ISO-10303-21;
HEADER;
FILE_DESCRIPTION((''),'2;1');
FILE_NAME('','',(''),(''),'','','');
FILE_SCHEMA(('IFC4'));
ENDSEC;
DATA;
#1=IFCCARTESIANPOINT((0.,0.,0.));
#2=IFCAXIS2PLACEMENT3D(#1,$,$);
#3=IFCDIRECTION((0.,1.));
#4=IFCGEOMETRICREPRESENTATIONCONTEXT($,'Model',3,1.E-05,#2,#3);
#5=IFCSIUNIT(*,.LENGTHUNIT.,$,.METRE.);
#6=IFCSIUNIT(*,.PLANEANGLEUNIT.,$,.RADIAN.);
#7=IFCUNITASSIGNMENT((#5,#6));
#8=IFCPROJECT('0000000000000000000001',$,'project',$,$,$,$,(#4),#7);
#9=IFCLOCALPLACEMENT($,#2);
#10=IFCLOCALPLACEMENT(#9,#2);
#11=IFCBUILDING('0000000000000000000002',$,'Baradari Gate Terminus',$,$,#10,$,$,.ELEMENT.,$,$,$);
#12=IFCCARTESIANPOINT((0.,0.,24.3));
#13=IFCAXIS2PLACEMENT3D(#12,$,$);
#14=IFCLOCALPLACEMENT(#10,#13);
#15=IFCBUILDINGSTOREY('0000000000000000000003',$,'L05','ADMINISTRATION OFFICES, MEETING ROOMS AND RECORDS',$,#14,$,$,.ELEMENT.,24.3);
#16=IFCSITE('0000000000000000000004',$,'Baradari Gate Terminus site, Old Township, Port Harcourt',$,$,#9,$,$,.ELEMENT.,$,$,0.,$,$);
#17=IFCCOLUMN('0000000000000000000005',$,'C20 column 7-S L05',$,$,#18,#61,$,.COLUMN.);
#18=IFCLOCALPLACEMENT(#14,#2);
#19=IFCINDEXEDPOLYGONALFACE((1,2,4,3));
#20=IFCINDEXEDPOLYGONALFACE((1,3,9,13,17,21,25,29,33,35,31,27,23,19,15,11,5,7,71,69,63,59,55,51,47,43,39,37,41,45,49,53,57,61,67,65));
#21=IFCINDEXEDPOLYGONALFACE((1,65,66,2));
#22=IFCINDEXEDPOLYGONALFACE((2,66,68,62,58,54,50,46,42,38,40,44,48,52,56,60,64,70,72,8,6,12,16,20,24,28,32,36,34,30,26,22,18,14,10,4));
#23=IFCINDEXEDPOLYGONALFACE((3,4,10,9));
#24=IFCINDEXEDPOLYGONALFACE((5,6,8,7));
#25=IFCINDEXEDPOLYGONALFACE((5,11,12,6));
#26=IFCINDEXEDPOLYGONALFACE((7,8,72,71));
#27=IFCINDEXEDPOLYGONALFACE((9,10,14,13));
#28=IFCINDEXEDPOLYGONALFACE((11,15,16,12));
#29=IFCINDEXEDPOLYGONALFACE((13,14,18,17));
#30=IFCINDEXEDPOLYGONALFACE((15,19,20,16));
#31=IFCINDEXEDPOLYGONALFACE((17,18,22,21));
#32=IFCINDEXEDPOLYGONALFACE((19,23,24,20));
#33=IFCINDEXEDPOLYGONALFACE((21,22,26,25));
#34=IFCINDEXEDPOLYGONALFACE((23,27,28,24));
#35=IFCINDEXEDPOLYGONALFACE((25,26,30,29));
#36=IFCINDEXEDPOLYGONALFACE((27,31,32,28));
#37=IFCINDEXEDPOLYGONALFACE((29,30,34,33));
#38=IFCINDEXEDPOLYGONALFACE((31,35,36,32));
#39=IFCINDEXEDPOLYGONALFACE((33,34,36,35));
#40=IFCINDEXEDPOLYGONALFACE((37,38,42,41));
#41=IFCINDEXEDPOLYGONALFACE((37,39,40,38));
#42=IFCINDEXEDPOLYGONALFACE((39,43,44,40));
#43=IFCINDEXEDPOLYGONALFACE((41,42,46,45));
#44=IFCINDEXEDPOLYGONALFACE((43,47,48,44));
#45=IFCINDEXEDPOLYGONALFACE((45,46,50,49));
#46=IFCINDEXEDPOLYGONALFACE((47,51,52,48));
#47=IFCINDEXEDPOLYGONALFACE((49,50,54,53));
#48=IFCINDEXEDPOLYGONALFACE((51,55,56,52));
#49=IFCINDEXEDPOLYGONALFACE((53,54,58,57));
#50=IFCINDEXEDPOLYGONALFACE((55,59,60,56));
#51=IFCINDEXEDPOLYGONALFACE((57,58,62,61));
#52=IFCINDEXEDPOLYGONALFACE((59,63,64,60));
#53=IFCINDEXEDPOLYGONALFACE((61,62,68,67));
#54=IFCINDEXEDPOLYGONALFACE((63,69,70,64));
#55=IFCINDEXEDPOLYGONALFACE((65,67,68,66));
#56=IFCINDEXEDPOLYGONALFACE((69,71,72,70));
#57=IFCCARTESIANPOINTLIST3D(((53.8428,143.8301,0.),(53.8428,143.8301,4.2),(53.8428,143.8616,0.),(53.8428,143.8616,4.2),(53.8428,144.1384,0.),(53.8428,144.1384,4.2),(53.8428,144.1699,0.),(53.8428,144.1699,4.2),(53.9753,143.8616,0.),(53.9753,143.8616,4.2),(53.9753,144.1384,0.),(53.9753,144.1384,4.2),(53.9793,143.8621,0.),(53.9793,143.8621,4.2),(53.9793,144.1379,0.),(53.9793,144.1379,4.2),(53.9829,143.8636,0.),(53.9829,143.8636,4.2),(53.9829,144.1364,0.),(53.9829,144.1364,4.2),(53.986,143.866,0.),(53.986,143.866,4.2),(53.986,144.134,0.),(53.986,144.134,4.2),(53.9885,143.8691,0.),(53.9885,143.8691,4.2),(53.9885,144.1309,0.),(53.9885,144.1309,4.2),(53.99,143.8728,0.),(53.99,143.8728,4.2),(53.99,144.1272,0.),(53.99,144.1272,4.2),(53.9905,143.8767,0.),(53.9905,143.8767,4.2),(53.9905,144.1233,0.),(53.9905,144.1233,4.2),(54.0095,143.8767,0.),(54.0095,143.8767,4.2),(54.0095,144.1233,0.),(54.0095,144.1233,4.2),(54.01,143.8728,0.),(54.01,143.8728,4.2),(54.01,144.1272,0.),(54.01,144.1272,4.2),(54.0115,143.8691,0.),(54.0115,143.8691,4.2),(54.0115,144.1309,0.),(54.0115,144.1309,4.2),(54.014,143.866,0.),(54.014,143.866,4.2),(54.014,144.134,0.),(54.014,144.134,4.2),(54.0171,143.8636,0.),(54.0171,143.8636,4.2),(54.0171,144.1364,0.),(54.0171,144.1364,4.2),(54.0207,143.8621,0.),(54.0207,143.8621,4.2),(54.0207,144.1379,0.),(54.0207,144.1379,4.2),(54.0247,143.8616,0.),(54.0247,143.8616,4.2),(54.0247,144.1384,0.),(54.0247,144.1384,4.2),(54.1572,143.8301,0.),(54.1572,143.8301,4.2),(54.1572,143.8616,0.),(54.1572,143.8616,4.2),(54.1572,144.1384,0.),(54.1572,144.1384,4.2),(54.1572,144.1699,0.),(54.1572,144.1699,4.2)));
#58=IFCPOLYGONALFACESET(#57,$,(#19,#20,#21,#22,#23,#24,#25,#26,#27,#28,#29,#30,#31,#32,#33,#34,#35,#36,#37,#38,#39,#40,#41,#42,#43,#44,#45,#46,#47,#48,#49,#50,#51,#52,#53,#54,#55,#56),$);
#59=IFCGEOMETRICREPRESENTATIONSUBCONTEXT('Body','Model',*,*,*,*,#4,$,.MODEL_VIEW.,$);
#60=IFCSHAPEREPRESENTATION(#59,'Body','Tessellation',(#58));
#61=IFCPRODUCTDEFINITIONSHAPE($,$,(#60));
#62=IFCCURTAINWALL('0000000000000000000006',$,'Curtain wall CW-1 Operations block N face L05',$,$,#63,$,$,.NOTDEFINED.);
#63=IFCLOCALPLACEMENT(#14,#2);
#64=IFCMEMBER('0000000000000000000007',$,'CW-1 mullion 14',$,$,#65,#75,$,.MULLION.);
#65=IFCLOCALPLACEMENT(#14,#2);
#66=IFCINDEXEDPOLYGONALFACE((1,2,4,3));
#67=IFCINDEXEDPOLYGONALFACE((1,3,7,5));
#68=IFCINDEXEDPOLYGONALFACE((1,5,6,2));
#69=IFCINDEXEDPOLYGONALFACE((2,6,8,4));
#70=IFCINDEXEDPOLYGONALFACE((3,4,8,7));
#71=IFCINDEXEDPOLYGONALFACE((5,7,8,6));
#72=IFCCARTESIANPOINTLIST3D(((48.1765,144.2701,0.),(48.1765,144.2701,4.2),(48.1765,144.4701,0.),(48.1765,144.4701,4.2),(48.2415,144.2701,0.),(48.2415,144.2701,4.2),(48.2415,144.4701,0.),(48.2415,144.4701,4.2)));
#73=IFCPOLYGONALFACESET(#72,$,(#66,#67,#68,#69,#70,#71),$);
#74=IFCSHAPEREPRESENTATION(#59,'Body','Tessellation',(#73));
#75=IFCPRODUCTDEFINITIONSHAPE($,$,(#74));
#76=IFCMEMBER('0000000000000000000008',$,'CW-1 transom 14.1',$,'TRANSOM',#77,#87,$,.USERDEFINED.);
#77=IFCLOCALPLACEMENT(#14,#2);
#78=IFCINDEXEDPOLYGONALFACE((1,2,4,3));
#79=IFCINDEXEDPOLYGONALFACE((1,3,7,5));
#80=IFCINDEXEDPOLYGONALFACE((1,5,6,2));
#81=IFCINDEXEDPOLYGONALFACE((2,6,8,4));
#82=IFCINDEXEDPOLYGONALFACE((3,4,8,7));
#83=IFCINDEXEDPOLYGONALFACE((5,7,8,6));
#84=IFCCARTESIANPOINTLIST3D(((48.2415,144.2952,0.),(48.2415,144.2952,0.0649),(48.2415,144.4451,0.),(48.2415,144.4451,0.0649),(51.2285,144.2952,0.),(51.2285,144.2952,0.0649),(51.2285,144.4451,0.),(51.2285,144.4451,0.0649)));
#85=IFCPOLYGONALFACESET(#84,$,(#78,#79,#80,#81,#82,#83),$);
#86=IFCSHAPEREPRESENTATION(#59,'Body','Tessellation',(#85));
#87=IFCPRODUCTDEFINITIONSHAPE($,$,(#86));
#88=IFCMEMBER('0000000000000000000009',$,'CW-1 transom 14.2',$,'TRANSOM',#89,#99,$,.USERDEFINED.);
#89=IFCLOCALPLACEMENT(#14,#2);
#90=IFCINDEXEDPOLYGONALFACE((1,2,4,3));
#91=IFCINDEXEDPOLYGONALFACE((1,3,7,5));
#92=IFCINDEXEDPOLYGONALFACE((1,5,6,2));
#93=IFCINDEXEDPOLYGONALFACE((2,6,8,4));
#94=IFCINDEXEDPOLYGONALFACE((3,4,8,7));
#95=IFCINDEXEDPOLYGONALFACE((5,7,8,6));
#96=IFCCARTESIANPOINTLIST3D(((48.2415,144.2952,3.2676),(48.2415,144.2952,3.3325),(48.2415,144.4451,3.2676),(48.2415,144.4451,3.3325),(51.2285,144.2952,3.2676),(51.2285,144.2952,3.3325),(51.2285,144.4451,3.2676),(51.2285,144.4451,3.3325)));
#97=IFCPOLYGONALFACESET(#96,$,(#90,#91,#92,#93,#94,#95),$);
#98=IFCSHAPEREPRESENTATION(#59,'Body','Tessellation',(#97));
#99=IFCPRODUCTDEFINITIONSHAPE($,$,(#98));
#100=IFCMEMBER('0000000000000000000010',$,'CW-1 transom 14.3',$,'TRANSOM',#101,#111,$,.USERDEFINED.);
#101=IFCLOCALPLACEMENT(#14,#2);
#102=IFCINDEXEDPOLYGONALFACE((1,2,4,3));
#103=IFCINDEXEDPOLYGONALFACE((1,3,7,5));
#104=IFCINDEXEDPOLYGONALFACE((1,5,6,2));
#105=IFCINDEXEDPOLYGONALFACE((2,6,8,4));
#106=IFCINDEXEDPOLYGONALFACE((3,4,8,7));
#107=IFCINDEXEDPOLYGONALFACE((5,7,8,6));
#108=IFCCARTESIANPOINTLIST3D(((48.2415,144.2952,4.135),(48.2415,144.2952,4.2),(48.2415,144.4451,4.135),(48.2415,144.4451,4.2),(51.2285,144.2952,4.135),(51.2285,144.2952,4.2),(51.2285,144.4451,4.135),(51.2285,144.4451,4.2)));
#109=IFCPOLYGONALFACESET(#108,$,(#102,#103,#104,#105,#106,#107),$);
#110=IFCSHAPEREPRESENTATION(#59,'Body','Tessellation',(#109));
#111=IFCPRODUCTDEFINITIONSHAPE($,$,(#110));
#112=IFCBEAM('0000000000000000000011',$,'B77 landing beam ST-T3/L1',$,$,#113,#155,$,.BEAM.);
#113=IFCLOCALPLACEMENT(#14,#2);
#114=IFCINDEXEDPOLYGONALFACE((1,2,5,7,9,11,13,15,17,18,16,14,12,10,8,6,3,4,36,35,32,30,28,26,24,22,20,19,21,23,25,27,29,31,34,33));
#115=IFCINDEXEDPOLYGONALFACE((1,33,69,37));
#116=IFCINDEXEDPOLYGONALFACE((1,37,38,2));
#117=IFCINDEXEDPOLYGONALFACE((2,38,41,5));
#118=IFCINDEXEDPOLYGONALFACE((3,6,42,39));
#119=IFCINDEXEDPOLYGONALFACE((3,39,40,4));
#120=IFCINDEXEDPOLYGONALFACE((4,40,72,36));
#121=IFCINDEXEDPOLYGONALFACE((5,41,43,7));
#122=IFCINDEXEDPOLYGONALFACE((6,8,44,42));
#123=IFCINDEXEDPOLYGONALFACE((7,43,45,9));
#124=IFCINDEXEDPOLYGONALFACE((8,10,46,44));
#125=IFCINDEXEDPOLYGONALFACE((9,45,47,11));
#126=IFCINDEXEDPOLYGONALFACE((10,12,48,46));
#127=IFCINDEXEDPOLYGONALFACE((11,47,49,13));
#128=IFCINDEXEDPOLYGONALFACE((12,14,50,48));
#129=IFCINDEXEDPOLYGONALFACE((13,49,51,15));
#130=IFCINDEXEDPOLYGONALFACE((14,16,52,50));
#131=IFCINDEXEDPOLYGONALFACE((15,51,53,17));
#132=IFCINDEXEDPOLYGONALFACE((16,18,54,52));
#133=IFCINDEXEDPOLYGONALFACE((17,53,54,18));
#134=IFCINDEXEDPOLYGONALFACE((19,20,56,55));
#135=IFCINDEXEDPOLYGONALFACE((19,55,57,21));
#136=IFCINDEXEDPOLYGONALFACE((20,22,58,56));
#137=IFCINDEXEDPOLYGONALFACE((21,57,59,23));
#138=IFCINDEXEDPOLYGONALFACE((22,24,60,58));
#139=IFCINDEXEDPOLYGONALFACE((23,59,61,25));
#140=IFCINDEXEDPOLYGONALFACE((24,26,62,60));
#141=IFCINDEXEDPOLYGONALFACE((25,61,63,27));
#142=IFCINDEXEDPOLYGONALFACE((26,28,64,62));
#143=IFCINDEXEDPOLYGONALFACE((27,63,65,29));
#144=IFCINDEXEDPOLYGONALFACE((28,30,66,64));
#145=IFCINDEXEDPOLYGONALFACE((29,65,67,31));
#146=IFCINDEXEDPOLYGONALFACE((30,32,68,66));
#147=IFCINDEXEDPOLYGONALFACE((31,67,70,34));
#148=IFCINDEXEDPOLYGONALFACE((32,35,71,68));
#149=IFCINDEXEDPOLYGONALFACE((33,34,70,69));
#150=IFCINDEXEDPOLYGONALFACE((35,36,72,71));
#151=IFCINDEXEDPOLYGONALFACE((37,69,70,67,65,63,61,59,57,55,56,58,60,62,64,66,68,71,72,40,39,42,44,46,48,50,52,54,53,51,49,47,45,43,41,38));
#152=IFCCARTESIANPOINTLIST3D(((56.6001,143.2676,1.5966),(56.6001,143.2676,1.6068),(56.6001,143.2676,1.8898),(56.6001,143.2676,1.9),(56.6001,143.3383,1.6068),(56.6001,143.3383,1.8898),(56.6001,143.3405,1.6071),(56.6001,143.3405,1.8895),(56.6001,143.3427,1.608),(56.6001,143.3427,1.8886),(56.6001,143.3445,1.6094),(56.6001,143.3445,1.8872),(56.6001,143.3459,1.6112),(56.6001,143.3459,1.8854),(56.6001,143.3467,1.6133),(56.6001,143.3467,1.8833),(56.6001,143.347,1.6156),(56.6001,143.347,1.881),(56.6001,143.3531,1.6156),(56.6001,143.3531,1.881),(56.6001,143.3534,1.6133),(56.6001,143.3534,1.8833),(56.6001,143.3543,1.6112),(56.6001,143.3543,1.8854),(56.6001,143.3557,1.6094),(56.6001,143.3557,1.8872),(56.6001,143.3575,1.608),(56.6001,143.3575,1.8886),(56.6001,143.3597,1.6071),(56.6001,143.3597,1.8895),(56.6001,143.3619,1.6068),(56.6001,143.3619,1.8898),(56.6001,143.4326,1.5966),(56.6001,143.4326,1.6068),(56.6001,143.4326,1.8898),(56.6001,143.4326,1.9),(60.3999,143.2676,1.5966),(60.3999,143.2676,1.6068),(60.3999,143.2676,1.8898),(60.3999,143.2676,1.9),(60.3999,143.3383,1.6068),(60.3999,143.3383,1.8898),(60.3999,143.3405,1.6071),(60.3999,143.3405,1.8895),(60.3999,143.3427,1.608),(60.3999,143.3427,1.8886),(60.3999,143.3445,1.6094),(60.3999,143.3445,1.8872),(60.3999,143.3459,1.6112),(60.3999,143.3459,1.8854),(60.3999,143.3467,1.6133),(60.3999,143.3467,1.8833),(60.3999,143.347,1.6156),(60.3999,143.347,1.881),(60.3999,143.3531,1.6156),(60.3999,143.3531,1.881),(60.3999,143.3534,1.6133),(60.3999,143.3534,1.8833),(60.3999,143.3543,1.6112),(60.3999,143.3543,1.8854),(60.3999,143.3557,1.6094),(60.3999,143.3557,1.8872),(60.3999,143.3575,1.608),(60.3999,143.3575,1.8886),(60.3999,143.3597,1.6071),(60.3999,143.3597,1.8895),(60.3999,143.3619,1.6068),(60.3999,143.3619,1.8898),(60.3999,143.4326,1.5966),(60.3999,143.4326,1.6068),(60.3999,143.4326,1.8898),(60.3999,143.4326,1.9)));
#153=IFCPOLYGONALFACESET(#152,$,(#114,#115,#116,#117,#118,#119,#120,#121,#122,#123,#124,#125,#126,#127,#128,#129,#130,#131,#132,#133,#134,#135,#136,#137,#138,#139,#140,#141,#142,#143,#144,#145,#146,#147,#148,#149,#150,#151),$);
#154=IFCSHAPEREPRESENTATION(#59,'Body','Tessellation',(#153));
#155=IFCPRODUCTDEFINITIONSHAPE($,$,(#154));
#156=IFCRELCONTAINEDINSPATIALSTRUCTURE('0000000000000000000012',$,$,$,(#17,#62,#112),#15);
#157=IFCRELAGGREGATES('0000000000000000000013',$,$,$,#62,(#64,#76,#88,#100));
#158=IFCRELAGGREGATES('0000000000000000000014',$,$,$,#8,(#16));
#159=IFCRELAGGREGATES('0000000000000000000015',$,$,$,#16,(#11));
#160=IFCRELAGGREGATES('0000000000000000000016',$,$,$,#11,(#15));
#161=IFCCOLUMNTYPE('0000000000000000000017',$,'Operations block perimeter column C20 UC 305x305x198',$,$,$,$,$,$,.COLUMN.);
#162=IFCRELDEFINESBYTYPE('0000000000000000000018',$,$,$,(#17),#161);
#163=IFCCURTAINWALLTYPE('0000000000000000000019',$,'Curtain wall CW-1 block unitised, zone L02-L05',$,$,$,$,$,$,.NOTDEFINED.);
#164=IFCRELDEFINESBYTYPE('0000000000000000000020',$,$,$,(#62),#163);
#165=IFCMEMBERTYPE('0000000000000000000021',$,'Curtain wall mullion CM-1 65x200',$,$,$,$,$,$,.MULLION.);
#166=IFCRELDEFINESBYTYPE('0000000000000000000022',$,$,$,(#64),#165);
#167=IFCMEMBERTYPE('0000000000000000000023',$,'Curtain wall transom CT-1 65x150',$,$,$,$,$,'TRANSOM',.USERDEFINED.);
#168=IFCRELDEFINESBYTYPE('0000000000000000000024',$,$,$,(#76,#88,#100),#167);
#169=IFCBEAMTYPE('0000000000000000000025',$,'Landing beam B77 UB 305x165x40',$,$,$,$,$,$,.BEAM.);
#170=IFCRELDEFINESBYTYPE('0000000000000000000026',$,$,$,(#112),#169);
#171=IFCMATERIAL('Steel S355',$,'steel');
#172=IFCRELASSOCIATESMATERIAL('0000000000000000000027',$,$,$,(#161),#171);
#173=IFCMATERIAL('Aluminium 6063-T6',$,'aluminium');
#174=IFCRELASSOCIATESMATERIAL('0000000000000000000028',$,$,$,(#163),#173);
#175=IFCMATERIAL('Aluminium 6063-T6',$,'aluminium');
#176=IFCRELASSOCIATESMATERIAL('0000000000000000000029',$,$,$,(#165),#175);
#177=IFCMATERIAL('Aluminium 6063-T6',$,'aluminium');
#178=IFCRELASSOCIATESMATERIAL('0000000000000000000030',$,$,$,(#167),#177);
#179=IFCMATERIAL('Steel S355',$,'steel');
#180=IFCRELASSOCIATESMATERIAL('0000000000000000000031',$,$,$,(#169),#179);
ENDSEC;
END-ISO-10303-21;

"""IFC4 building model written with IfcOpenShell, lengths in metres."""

from ifc_helpers import new_model, si_unit, direction, frame, origin, origin_2d, place, context, subcontext, project, spatial, rectangle, i_section, extrude, material, material_profile, profile_set, type_object, element, aggregate, save


model = new_model("IFC4")

# Units and contexts
model_context = context("Model", 3, precision=1e-05, world=origin(), true_north=direction((0.0, 1.0)))
body_context = subcontext(model_context, "Body", "Model", "MODEL_VIEW")
ifc_project = project(units=[si_unit("LENGTHUNIT", "METRE"), si_unit("PLANEANGLEUNIT", "RADIAN")], contexts=[model_context])

# Site, building, storey
site_placement = place(None, origin())
site = spatial("IfcSite", under=ifc_project, at=site_placement, Name="Baradari Gate Terminus site, Old Township, Port Harcourt", CompositionType="ELEMENT", RefElevation=0.0)
building_placement = place(site_placement, origin())
building = spatial("IfcBuilding", under=site, at=building_placement, Name="Baradari Gate Terminus", CompositionType="ELEMENT")
storey_placement = place(building_placement, frame((0.0, 0.0, 24.3)))
storey = spatial("IfcBuildingStorey", under=building, at=storey_placement, Name="L05", Description="ADMINISTRATION OFFICES, MEETING ROOMS AND RECORDS", CompositionType="ELEMENT", Elevation=24.3)

# Column
ifc_material_1 = material(Name="Steel S355", Category="steel")
ifc_material_profile_1 = material_profile(ifc_material_1, i_section(OverallWidth=0.3145, OverallDepth=0.3398, WebThickness=0.019, FlangeThickness=0.0315, FilletRadius=0.0151, at=origin_2d()), Name="UC 305x305x198")
ifc_profile_set_1 = profile_set([ifc_material_profile_1], Name="Steel S355")
column_type = type_object("IfcColumnType", Name="Operations block perimeter column C20 UC 305x305x198", PredefinedType="COLUMN", material=ifc_profile_set_1)
column_placement = place(storey_placement, frame((54.0, 144.0, 0.0), z_axis=(0.0, 0.0, 1.0), x_axis=(1.0, 0.0, 0.0)))
element("IfcColumn", 1, at=column_placement, inside=storey, type_object=column_type, Name="C20 column 7-S L05", PredefinedType="COLUMN", context=body_context, shape_type="SweptSolid", body=[
    extrude(i_section(OverallWidth=0.3145, OverallDepth=0.3398, WebThickness=0.019, FlangeThickness=0.0315, FilletRadius=0.0151, at=origin_2d()), origin(), (0.0, 0.0, 1.0), 4.2),
])

# Curtain wall, members
ifc_material_2 = material(Name="Aluminium 6063-T6", Category="aluminium")
curtain_wall_type = type_object("IfcCurtainWallType", Name="Curtain wall CW-1 block unitised, zone L02-L05", PredefinedType="NOTDEFINED", material=ifc_material_2)
curtain_wall_placement = place(storey_placement, origin())
curtain_wall = element("IfcCurtainWall", 2, at=curtain_wall_placement, inside=storey, type_object=curtain_wall_type, Name="Curtain wall CW-1 Operations block N face L05", PredefinedType="NOTDEFINED")
ifc_material_3 = material(Name="Aluminium 6063-T6", Category="aluminium")
ifc_material_profile_2 = material_profile(ifc_material_3, rectangle(XDim=0.2, YDim=0.0649, at=origin_2d()), Name="CM-1 65X200")
ifc_profile_set_2 = profile_set([ifc_material_profile_2], Name="Aluminium 6063-T6")
member_type_1 = type_object("IfcMemberType", Name="Curtain wall mullion CM-1 65x200", PredefinedType="MULLION", material=ifc_profile_set_2)
member_1_placement = place(storey_placement, frame((48.209, 144.3701, 0.0), z_axis=(0.0, 0.0, 1.0), x_axis=(0.0, 1.0, 0.0)))
member_1 = element("IfcMember", 3, at=member_1_placement, type_object=member_type_1, Name="CW-1 mullion 14", PredefinedType="MULLION", context=body_context, shape_type="SweptSolid", body=[
    extrude(rectangle(XDim=0.2, YDim=0.0649, at=origin_2d()), origin(), (0.0, 0.0, 1.0), 4.2),
])
ifc_material_4 = material(Name="Aluminium 6063-T6", Category="aluminium")
ifc_material_profile_3 = material_profile(ifc_material_4, rectangle(XDim=0.1499, YDim=0.0649, at=origin_2d()), Name="CT-1 65X150")
ifc_profile_set_3 = profile_set([ifc_material_profile_3], Name="Aluminium 6063-T6")
member_type_2 = type_object("IfcMemberType", Name="Curtain wall transom CT-1 65x150", ElementType="TRANSOM", PredefinedType="USERDEFINED", material=ifc_profile_set_3)
member_2_placement = place(storey_placement, frame((48.2415, 144.3701, 0.0325), z_axis=(1.0, 0.0, 0.0), x_axis=(0.0, 1.0, 0.0)))
member_2 = element("IfcMember", 4, at=member_2_placement, type_object=member_type_2, Name="CW-1 transom 14.1", ObjectType="TRANSOM", PredefinedType="USERDEFINED", context=body_context, shape_type="SweptSolid", body=[
    extrude(rectangle(XDim=0.1499, YDim=0.0649, at=origin_2d()), origin(), (0.0, 0.0, 1.0), 2.9871),
])
member_3_placement = place(storey_placement, frame((48.2415, 144.3701, 3.3), z_axis=(1.0, 0.0, 0.0), x_axis=(0.0, 1.0, 0.0)))
member_3 = element("IfcMember", 5, at=member_3_placement, type_object=member_type_2, Name="CW-1 transom 14.2", ObjectType="TRANSOM", PredefinedType="USERDEFINED", context=body_context, shape_type="SweptSolid", body=[
    extrude(rectangle(XDim=0.1499, YDim=0.0649, at=origin_2d()), origin(), (0.0, 0.0, 1.0), 2.9871),
])
member_4_placement = place(storey_placement, frame((48.2415, 144.3701, 4.1675), z_axis=(1.0, 0.0, 0.0), x_axis=(0.0, 1.0, 0.0)))
member_4 = element("IfcMember", 6, at=member_4_placement, type_object=member_type_2, Name="CW-1 transom 14.3", ObjectType="TRANSOM", PredefinedType="USERDEFINED", context=body_context, shape_type="SweptSolid", body=[
    extrude(rectangle(XDim=0.1499, YDim=0.0649, at=origin_2d()), origin(), (0.0, 0.0, 1.0), 2.9871),
])

# Beam
ifc_material_5 = material(Name="Steel S355", Category="steel")
ifc_material_profile_4 = material_profile(ifc_material_5, i_section(OverallWidth=0.165, OverallDepth=0.3035, WebThickness=0.0061, FlangeThickness=0.0103, FilletRadius=0.0088, at=origin_2d()), Name="UB 305x165x40")
ifc_profile_set_4 = profile_set([ifc_material_profile_4], Name="Steel S355")
beam_type_1 = type_object("IfcBeamType", Name="Landing beam B77 UB 305x165x40", PredefinedType="BEAM", material=ifc_profile_set_4)
beam_1_placement = place(storey_placement, frame((56.6001, 143.3501, 1.7483), z_axis=(1.0, 0.0, 0.0), x_axis=(0.0, 1.0, 0.0)))
element("IfcBeam", 7, at=beam_1_placement, inside=storey, type_object=beam_type_1, Name="B77 landing beam ST-T3/L1", PredefinedType="BEAM", context=body_context, shape_type="SweptSolid", body=[
    extrude(i_section(OverallWidth=0.165, OverallDepth=0.3035, WebThickness=0.0061, FlangeThickness=0.0103, FilletRadius=0.0088, at=origin_2d()), origin(), (0.0, 0.0, 1.0), 3.7998),
])

aggregate(curtain_wall, [member_1, member_2, member_3, member_4])

save(model, "model.ifc")
